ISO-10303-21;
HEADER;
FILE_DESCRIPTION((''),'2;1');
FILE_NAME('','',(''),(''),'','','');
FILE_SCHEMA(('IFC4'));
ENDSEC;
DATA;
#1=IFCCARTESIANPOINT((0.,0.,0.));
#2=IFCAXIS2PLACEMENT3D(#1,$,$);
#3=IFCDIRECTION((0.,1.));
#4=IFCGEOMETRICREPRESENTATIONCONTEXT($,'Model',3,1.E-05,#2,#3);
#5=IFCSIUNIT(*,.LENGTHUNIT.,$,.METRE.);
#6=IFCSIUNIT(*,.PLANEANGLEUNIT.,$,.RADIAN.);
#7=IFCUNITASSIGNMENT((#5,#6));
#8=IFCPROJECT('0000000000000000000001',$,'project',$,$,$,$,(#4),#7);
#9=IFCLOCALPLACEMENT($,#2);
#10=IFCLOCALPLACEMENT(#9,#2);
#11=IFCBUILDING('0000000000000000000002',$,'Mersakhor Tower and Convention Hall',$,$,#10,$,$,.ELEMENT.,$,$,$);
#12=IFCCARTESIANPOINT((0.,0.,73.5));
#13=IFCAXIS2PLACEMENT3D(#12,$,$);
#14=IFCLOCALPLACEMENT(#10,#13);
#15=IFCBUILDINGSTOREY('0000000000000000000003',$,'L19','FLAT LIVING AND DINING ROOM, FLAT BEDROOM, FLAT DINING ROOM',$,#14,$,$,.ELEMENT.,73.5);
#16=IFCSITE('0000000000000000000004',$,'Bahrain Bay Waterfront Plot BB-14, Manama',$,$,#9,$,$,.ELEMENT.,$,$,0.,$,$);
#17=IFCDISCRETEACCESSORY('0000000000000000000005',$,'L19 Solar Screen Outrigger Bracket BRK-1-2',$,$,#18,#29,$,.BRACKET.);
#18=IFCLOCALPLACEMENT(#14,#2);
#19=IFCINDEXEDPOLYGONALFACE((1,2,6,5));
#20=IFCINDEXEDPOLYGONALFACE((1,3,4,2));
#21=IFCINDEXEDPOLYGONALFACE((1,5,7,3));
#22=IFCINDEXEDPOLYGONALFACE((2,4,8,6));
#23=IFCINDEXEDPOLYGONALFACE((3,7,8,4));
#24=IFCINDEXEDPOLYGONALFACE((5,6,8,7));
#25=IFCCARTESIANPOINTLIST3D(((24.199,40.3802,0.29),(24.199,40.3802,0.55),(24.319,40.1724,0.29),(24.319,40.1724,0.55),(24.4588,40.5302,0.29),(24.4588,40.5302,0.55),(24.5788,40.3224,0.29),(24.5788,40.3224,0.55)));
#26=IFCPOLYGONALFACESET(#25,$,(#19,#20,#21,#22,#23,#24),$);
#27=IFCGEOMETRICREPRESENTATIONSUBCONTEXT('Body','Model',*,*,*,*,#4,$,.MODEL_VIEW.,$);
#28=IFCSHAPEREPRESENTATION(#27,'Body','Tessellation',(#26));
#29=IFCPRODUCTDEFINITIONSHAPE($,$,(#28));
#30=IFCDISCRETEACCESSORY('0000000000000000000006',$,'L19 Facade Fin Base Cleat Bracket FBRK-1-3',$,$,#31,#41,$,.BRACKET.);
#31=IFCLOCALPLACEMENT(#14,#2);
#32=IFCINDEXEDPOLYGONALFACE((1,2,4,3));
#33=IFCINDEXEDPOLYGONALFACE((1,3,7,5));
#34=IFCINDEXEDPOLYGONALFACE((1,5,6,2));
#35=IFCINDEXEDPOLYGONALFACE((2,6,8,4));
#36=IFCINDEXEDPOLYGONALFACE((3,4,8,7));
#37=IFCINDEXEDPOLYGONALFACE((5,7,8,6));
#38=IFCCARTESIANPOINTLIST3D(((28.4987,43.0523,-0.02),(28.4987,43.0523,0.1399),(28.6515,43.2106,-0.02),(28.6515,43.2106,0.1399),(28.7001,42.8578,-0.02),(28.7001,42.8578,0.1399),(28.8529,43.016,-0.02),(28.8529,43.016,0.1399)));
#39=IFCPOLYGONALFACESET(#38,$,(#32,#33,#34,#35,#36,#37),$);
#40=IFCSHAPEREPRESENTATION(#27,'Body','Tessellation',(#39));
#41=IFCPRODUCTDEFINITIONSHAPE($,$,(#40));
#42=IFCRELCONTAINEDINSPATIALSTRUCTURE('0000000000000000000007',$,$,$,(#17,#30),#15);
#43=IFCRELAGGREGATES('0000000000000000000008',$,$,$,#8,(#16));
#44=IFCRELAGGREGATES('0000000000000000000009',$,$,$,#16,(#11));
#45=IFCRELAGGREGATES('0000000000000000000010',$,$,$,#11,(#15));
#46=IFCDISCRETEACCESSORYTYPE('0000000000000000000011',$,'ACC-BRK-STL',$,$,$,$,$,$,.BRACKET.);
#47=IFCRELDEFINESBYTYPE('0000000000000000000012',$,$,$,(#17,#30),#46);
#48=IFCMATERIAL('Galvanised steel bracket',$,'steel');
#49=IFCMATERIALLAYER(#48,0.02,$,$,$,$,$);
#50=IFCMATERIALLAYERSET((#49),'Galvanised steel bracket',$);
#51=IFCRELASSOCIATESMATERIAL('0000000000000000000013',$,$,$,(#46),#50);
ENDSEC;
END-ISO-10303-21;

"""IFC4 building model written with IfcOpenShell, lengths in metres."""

from ifc_helpers import new_model, si_unit, direction, frame, origin, origin_2d, place, context, subcontext, project, spatial, rectangle, extrude, material, layer, layer_set, type_object, element, save


model = new_model("IFC4")

# Units and contexts
model_context = context("Model", 3, precision=1e-05, world=origin(), true_north=direction((0.0, 1.0)))
body_context = subcontext(model_context, "Body", "Model", "MODEL_VIEW")
ifc_project = project(units=[si_unit("LENGTHUNIT", "METRE"), si_unit("PLANEANGLEUNIT", "RADIAN")], contexts=[model_context])

# Site, building, storey
site_placement = place(None, origin())
site = spatial("IfcSite", under=ifc_project, at=site_placement, Name="Bahrain Bay Waterfront Plot BB-14, Manama", CompositionType="ELEMENT", RefElevation=0.0)
building_placement = place(site_placement, origin())
building = spatial("IfcBuilding", under=site, at=building_placement, Name="Mersakhor Tower and Convention Hall", CompositionType="ELEMENT")
storey_placement = place(building_placement, frame((0.0, 0.0, 73.5)))
storey = spatial("IfcBuildingStorey", under=building, at=storey_placement, Name="L19", Description="FLAT LIVING AND DINING ROOM, FLAT BEDROOM, FLAT DINING ROOM", CompositionType="ELEMENT", Elevation=73.5)

# Discrete accessories
ifc_material_1 = material(Name="Galvanised steel bracket", Category="steel")
ifc_layer_1 = layer(ifc_material_1, 0.02)
ifc_layer_set_1 = layer_set([ifc_layer_1], Name="Galvanised steel bracket")
discrete_accessory_type = type_object("IfcDiscreteAccessoryType", Name="ACC-BRK-STL", PredefinedType="BRACKET", material=ifc_layer_set_1)
discrete_accessory_1_placement = place(storey_placement, frame((24.3889, 40.3513, 0.29), z_axis=(0.0, 0.0, 1.0), x_axis=(0.866025, 0.5, 0.0)))
element("IfcDiscreteAccessory", 1, at=discrete_accessory_1_placement, inside=storey, type_object=discrete_accessory_type, Name="L19 Solar Screen Outrigger Bracket BRK-1-2", PredefinedType="BRACKET", context=body_context, shape_type="SweptSolid", body=[
    extrude(rectangle(XDim=0.3, YDim=0.24, at=origin_2d()), origin(), (0.0, 0.0, 1.0), 0.26),
])
discrete_accessory_2_placement = place(storey_placement, frame((28.6758, 43.0342, -0.02), z_axis=(0.0, 0.0, 1.0), x_axis=(-0.71934, 0.694658, 0.0)))
element("IfcDiscreteAccessory", 2, at=discrete_accessory_2_placement, inside=storey, type_object=discrete_accessory_type, Name="L19 Facade Fin Base Cleat Bracket FBRK-1-3", PredefinedType="BRACKET", context=body_context, shape_type="SweptSolid", body=[
    extrude(rectangle(XDim=0.28, YDim=0.22, at=origin_2d()), origin(), (0.0, 0.0, 1.0), 0.1599),
])

save(model, "model.ifc")
